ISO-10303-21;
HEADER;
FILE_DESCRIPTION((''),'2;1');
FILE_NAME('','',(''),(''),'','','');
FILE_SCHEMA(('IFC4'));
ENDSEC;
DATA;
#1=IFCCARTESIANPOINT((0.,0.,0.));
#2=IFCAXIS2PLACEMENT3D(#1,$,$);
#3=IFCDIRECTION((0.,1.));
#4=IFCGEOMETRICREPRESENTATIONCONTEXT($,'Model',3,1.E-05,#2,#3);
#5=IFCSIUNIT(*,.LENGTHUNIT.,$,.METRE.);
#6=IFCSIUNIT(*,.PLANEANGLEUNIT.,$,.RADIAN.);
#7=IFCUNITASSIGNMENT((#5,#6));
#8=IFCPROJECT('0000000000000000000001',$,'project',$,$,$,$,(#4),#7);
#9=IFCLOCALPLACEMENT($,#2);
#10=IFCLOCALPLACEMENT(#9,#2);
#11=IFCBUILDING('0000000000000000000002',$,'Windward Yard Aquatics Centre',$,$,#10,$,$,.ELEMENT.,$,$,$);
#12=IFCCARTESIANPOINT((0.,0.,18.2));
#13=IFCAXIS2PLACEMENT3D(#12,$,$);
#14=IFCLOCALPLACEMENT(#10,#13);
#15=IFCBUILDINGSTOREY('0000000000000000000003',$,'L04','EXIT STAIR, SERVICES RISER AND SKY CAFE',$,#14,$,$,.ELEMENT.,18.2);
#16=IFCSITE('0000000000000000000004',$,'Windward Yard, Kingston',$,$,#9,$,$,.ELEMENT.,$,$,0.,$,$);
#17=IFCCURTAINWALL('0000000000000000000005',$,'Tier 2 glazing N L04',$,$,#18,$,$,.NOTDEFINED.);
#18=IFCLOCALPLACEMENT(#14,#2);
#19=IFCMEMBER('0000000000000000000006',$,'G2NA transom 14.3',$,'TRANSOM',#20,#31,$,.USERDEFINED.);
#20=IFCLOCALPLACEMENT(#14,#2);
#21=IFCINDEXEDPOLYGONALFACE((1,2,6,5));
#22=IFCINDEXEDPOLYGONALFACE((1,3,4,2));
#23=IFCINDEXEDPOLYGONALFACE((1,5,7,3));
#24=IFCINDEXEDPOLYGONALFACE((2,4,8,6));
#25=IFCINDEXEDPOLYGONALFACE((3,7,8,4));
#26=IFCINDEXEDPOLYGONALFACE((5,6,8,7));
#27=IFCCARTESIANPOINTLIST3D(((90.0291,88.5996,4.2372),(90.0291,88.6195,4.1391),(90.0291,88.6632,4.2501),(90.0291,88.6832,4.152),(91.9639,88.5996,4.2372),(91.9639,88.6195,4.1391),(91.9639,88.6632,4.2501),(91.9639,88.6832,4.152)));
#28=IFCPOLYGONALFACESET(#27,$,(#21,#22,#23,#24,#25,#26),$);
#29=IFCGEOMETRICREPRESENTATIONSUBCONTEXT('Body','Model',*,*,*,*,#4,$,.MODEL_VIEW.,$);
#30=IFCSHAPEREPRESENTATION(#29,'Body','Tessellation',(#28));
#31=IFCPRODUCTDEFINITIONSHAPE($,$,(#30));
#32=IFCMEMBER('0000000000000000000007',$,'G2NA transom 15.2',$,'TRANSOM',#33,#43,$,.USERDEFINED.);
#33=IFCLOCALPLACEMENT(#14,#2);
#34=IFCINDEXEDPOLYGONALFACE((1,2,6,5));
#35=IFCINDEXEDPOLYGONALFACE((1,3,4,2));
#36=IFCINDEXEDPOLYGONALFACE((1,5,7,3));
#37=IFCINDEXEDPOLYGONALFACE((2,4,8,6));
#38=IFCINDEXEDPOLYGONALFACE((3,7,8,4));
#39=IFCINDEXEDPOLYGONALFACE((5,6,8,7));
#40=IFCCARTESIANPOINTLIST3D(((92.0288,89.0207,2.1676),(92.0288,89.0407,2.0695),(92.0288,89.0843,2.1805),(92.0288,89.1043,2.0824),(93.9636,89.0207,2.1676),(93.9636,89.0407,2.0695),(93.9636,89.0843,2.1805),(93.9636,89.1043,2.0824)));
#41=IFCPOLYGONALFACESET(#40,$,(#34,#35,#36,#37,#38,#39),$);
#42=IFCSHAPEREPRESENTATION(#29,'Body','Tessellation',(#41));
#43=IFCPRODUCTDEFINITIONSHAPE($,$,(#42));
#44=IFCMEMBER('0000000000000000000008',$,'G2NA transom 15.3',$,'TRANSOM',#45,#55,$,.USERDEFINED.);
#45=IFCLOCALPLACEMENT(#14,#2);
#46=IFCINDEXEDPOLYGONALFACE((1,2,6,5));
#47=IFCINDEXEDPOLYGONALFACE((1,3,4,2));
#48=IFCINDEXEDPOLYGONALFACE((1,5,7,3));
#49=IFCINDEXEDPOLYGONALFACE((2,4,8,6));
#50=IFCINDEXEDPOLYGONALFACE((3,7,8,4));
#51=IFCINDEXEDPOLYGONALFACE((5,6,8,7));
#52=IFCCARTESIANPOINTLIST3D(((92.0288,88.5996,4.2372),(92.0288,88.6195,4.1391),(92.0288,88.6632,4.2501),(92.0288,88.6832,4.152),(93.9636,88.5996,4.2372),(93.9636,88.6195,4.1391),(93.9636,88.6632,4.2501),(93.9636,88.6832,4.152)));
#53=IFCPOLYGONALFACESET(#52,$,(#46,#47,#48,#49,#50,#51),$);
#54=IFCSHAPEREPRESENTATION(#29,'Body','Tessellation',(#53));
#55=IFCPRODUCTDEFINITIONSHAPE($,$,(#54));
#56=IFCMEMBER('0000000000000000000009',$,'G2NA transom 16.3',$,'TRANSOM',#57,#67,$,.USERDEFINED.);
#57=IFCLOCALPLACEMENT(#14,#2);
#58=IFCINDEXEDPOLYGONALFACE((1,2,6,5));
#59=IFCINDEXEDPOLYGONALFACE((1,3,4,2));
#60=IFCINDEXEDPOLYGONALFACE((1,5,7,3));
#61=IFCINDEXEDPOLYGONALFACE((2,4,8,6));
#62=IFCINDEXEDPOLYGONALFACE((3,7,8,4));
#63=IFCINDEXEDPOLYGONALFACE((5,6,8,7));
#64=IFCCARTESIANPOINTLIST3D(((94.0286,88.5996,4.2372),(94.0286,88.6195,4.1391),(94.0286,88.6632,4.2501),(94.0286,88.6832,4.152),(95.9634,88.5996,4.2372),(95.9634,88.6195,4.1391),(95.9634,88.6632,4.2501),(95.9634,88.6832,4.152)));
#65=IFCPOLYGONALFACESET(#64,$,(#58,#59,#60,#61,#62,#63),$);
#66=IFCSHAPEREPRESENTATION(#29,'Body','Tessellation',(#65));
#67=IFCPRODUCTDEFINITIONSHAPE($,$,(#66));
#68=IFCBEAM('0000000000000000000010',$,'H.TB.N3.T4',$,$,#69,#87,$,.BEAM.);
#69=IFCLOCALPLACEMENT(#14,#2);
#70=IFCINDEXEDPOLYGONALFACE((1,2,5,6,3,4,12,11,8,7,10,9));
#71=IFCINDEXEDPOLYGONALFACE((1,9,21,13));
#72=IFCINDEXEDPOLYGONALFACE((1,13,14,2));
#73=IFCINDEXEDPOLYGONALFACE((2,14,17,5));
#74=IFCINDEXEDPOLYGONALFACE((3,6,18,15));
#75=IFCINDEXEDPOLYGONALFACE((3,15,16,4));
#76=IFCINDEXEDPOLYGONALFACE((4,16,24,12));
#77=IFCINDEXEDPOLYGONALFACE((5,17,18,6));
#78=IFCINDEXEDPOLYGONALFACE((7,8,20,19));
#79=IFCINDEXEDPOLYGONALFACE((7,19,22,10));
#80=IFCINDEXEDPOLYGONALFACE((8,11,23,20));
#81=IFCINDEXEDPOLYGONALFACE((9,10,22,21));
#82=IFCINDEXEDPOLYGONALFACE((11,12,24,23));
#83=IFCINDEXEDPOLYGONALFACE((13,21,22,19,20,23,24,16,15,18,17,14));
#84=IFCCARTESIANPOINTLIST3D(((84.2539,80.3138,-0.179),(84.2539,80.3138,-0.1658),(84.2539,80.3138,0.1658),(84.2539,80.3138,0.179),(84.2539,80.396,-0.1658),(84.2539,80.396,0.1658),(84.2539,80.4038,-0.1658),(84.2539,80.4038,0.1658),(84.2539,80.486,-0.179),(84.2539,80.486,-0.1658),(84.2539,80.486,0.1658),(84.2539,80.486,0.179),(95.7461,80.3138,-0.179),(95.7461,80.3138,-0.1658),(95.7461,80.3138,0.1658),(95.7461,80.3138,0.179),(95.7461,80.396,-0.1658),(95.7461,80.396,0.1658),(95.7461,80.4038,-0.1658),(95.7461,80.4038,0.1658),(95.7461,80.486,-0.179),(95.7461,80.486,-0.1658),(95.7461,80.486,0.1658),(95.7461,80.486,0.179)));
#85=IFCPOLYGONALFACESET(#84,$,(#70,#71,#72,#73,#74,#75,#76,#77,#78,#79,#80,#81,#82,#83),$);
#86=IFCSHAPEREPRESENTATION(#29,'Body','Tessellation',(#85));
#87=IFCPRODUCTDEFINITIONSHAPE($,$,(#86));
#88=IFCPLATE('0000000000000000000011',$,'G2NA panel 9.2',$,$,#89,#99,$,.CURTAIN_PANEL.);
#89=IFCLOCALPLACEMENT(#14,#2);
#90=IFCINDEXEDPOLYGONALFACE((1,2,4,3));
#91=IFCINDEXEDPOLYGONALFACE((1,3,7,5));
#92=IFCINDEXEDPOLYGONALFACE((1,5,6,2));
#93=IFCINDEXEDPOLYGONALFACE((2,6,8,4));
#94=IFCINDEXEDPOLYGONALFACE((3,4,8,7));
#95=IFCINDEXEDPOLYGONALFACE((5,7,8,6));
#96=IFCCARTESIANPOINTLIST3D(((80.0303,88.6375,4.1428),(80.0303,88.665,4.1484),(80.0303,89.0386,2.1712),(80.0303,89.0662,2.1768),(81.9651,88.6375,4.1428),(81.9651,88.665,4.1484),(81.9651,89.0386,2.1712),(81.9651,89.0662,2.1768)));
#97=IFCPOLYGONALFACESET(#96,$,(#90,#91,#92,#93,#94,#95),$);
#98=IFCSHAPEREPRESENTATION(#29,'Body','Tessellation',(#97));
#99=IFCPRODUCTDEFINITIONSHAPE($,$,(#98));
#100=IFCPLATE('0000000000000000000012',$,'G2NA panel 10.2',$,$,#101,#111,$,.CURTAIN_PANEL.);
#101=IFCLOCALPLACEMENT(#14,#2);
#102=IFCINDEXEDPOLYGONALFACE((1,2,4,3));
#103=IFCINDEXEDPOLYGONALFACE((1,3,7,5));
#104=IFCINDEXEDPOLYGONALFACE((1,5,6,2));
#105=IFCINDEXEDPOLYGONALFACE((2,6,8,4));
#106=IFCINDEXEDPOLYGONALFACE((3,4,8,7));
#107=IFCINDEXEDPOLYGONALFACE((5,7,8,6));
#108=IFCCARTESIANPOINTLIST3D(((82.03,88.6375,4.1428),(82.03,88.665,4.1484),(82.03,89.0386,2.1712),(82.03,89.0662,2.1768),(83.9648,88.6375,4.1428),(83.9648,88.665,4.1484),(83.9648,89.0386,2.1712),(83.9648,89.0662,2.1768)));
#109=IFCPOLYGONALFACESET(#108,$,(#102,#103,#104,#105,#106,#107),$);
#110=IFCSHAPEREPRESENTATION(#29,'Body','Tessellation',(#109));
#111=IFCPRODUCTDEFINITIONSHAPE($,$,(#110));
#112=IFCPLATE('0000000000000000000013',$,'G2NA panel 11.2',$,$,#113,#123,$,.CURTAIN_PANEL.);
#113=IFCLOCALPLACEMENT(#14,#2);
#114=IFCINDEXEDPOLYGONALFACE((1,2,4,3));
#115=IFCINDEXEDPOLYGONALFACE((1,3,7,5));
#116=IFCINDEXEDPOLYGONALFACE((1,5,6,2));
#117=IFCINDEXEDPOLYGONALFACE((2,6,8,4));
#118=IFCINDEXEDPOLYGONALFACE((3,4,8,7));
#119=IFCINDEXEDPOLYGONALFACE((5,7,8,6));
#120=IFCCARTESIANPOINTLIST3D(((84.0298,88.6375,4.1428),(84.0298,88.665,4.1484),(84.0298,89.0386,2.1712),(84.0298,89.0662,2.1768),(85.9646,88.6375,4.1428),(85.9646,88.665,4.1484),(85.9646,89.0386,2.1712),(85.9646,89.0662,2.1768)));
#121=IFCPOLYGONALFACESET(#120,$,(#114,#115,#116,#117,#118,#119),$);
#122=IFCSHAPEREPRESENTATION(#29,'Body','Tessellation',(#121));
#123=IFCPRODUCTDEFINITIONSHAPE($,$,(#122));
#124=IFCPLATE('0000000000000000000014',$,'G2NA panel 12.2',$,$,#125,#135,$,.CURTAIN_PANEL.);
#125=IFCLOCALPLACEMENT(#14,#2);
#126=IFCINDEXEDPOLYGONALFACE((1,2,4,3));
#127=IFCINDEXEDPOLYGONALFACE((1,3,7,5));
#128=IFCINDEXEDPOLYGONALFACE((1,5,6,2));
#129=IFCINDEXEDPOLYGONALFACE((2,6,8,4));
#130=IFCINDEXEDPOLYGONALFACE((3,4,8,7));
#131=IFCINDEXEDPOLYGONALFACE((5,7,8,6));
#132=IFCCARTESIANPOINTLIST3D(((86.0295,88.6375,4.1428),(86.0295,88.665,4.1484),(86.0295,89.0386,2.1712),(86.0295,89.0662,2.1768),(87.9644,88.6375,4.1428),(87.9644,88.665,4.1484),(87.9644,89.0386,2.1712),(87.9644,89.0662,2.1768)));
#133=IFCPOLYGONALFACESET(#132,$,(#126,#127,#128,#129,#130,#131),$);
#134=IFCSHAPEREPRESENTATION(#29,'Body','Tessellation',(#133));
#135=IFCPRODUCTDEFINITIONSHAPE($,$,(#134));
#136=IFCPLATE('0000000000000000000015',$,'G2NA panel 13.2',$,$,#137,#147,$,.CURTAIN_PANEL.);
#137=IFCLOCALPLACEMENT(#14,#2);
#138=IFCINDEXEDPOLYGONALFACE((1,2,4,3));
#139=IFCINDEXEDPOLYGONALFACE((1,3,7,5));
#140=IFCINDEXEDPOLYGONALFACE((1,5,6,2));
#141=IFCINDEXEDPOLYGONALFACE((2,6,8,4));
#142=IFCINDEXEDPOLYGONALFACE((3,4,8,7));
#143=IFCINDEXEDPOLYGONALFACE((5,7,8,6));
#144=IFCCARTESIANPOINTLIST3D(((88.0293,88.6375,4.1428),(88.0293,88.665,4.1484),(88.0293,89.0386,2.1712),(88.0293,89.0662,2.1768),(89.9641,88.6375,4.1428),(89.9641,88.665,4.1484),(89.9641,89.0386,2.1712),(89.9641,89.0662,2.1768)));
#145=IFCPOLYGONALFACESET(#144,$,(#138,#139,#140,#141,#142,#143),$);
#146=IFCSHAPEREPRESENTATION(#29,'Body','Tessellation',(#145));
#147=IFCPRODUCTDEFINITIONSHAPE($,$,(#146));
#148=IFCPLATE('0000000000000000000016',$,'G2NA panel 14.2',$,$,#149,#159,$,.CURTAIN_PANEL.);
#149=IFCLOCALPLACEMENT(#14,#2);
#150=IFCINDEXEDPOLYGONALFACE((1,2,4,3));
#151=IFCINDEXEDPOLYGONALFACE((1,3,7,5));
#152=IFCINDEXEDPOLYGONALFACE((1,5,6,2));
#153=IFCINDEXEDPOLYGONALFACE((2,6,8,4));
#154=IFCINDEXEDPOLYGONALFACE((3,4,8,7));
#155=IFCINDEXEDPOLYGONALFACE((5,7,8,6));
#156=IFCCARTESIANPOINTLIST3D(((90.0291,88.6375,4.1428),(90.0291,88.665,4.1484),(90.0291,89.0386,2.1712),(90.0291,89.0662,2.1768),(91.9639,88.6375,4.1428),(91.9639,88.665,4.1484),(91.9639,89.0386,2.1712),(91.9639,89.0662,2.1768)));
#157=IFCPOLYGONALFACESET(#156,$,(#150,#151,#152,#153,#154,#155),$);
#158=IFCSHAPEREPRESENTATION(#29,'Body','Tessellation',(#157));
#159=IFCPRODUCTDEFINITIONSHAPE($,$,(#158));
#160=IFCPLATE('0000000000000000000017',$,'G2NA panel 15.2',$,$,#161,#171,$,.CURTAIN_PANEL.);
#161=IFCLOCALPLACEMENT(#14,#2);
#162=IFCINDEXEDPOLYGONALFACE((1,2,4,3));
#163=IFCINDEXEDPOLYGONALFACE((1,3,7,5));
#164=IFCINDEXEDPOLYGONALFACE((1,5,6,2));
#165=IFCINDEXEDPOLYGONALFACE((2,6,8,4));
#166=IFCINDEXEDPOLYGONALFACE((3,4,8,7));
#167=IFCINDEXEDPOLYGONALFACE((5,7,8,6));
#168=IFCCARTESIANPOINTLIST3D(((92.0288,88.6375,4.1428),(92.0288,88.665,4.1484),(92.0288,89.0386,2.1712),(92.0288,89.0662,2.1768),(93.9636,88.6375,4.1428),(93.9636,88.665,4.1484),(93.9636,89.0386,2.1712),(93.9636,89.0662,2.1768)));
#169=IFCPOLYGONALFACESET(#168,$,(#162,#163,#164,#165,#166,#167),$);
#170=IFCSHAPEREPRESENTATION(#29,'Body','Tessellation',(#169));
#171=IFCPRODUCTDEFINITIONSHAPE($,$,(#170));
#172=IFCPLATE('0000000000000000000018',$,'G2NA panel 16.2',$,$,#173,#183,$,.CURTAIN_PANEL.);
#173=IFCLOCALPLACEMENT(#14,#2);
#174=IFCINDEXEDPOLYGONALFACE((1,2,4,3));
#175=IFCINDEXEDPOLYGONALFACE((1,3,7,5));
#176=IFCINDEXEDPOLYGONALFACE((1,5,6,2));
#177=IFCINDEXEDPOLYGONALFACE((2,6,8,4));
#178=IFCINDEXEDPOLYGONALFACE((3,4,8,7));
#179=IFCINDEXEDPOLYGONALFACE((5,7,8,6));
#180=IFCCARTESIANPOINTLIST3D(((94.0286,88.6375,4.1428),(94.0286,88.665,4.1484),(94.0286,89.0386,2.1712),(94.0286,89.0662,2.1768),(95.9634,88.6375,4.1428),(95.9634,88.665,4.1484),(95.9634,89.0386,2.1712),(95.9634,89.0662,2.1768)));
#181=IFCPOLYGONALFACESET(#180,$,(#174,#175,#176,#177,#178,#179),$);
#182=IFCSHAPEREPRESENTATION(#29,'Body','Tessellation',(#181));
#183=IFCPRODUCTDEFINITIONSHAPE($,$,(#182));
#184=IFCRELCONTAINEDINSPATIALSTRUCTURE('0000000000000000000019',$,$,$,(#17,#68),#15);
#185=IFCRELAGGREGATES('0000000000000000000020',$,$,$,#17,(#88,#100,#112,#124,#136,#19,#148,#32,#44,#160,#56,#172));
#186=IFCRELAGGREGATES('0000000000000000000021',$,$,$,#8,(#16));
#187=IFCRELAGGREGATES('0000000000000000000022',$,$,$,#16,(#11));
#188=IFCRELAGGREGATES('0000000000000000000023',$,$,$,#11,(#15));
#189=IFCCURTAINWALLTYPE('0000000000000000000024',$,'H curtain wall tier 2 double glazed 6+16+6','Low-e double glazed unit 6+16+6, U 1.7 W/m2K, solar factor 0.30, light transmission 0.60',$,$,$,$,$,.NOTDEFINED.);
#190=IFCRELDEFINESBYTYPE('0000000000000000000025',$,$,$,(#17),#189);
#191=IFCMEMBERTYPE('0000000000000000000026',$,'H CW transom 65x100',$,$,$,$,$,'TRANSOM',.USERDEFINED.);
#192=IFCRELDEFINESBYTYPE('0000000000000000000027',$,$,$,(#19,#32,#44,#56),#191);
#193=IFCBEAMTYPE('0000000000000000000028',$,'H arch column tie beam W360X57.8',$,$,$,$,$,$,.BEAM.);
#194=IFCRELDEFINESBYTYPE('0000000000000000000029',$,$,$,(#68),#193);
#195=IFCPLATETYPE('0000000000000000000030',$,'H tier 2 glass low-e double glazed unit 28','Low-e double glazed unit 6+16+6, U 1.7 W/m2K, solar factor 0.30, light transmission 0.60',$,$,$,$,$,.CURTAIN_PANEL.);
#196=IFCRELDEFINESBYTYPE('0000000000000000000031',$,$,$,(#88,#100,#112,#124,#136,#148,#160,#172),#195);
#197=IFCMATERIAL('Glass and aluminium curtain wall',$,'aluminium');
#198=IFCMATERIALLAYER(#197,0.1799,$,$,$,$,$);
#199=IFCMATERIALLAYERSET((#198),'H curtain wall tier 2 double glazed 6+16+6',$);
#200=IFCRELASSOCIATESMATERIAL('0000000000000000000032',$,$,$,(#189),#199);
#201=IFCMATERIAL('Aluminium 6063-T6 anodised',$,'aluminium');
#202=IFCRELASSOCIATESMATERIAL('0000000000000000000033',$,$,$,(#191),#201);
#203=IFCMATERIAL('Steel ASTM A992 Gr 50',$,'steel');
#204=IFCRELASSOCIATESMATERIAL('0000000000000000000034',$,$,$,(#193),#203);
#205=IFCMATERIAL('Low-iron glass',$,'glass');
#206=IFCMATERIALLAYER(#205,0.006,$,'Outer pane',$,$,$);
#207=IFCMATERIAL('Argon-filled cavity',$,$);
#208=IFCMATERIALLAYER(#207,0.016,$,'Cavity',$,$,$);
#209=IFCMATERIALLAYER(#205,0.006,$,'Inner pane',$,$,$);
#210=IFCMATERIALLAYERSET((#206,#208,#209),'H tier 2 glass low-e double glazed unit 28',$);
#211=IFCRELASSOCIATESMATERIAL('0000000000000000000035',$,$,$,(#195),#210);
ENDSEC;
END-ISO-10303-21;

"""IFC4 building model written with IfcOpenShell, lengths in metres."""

from ifc_helpers import new_model, si_unit, direction, frame, origin, origin_2d, place, context, subcontext, project, spatial, polyline, rectangle, i_section, outline, extrude, material, layer, layer_set, material_profile, profile_set, type_object, element, aggregate, save


model = new_model("IFC4")

# Units and contexts
model_context = context("Model", 3, precision=1e-05, world=origin(), true_north=direction((0.0, 1.0)))
body_context = subcontext(model_context, "Body", "Model", "MODEL_VIEW")
ifc_project = project(units=[si_unit("LENGTHUNIT", "METRE"), si_unit("PLANEANGLEUNIT", "RADIAN")], contexts=[model_context])

# Site, building, storey
site_placement = place(None, origin())
site = spatial("IfcSite", under=ifc_project, at=site_placement, Name="Windward Yard, Kingston", CompositionType="ELEMENT", RefElevation=0.0)
building_placement = place(site_placement, origin())
building = spatial("IfcBuilding", under=site, at=building_placement, Name="Windward Yard Aquatics Centre", CompositionType="ELEMENT")
storey_placement = place(building_placement, frame((0.0, 0.0, 18.2)))
storey = spatial("IfcBuildingStorey", under=building, at=storey_placement, Name="L04", Description="EXIT STAIR, SERVICES RISER AND SKY CAFE", CompositionType="ELEMENT", Elevation=18.2)

# Curtain wall, members
ifc_material_1 = material(Name="Glass and aluminium curtain wall", Category="aluminium")
ifc_layer_1 = layer(ifc_material_1, 0.1799)
ifc_layer_set_1 = layer_set([ifc_layer_1], Name="H curtain wall tier 2 double glazed 6+16+6")
curtain_wall_type = type_object("IfcCurtainWallType", Name="H curtain wall tier 2 double glazed 6+16+6", Description="Low-e double glazed unit 6+16+6, U 1.7 W/m2K, solar factor 0.30, light transmission 0.60", PredefinedType="NOTDEFINED", material=ifc_layer_set_1)
curtain_wall_placement = place(storey_placement, origin())
curtain_wall = element("IfcCurtainWall", 1, at=curtain_wall_placement, inside=storey, type_object=curtain_wall_type, Name="Tier 2 glazing N L04", PredefinedType="NOTDEFINED")
ifc_material_2 = material(Name="Aluminium 6063-T6 anodised", Category="aluminium")
ifc_material_profile_1 = material_profile(ifc_material_2, rectangle(XDim=0.0649, YDim=0.1001, at=origin_2d()), Name="H CW transom 65x100")
ifc_profile_set_1 = profile_set([ifc_material_profile_1], Name="Aluminium 6063-T6 anodised")
member_type = type_object("IfcMemberType", Name="H CW transom 65x100", ElementType="TRANSOM", PredefinedType="USERDEFINED", material=ifc_profile_set_1)
member_1_placement = place(storey_placement, frame((90.0291, 88.6414, 4.1946), z_axis=(1.0, 0.0, 0.0), x_axis=(0.0, 0.979925, 0.199368)))
member_1 = element("IfcMember", 2, at=member_1_placement, type_object=member_type, Name="G2NA transom 14.3", ObjectType="TRANSOM", PredefinedType="USERDEFINED", context=body_context, shape_type="SweptSolid", body=[
    extrude(rectangle(XDim=0.0649, YDim=0.1001, at=origin_2d()), origin(), (0.0, 0.0, 1.0), 1.9348),
])
member_2_placement = place(storey_placement, frame((92.0288, 89.0625, 2.125), z_axis=(1.0, 0.0, 0.0), x_axis=(0.0, 0.979925, 0.199368)))
member_2 = element("IfcMember", 3, at=member_2_placement, type_object=member_type, Name="G2NA transom 15.2", ObjectType="TRANSOM", PredefinedType="USERDEFINED", context=body_context, shape_type="SweptSolid", body=[
    extrude(rectangle(XDim=0.0649, YDim=0.1001, at=origin_2d()), origin(), (0.0, 0.0, 1.0), 1.9348),
])
member_3_placement = place(storey_placement, frame((92.0288, 88.6414, 4.1946), z_axis=(1.0, 0.0, 0.0), x_axis=(0.0, 0.979925, 0.199368)))
member_3 = element("IfcMember", 4, at=member_3_placement, type_object=member_type, Name="G2NA transom 15.3", ObjectType="TRANSOM", PredefinedType="USERDEFINED", context=body_context, shape_type="SweptSolid", body=[
    extrude(rectangle(XDim=0.0649, YDim=0.1001, at=origin_2d()), origin(), (0.0, 0.0, 1.0), 1.9348),
])
member_4_placement = place(storey_placement, frame((94.0286, 88.6414, 4.1946), z_axis=(1.0, 0.0, 0.0), x_axis=(0.0, 0.979925, 0.199368)))
member_4 = element("IfcMember", 5, at=member_4_placement, type_object=member_type, Name="G2NA transom 16.3", ObjectType="TRANSOM", PredefinedType="USERDEFINED", context=body_context, shape_type="SweptSolid", body=[
    extrude(rectangle(XDim=0.0649, YDim=0.1001, at=origin_2d()), origin(), (0.0, 0.0, 1.0), 1.9348),
])

# Beam
ifc_material_3 = material(Name="Steel ASTM A992 Gr 50", Category="steel")
ifc_material_profile_2 = material_profile(ifc_material_3, i_section(OverallWidth=0.1721, OverallDepth=0.3579, WebThickness=0.0078, FlangeThickness=0.0132, at=origin_2d()), Name="W360X57.8")
ifc_profile_set_2 = profile_set([ifc_material_profile_2], Name="Steel ASTM A992 Gr 50")
beam_type = type_object("IfcBeamType", Name="H arch column tie beam W360X57.8", PredefinedType="BEAM", material=ifc_profile_set_2)
beam_placement = place(storey_placement, frame((84.2539, 80.3999, 0.0), z_axis=(1.0, 0.0, 0.0), x_axis=(0.0, 1.0, 0.0)))
element("IfcBeam", 6, at=beam_placement, inside=storey, type_object=beam_type, Name="H.TB.N3.T4", PredefinedType="BEAM", context=body_context, shape_type="SweptSolid", body=[
    extrude(i_section(OverallWidth=0.1721, OverallDepth=0.3579, WebThickness=0.0078, FlangeThickness=0.0132, at=origin_2d()), origin(), (0.0, 0.0, 1.0), 11.4922),
])

# Plates
ifc_material_4 = material(Name="Low-iron glass", Category="glass")
ifc_layer_2 = layer(ifc_material_4, 0.006, Name="Outer pane")
ifc_material_5 = material(Name="Argon-filled cavity")
ifc_layer_3 = layer(ifc_material_5, 0.016, Name="Cavity")
ifc_layer_4 = layer(ifc_material_4, 0.006, Name="Inner pane")
ifc_layer_set_2 = layer_set([ifc_layer_2, ifc_layer_3, ifc_layer_4], Name="H tier 2 glass low-e double glazed unit 28")
plate_type = type_object("IfcPlateType", Name="H tier 2 glass low-e double glazed unit 28", Description="Low-e double glazed unit 6+16+6, U 1.7 W/m2K, solar factor 0.30, light transmission 0.60", PredefinedType="CURTAIN_PANEL", material=ifc_layer_set_2)
plate_1_placement = place(storey_placement, frame((80.0303, 88.665, 4.1484), z_axis=(0.0, 0.979927, 0.199359), x_axis=(0.0, 0.199359, -0.979927)))
plate_1 = element("IfcPlate", 7, at=plate_1_placement, type_object=plate_type, Name="G2NA panel 9.2", PredefinedType="CURTAIN_PANEL", context=body_context, shape_type="SweptSolid", body=[
    extrude(outline(polyline([(0.0, 0.0), (2.0121, 0.0), (2.0121, -1.9348), (0.0, -1.9348), (0.0, 0.0)])), origin(), (0.0, 0.0, -1.0), 0.0281),
])
plate_2_placement = place(storey_placement, frame((82.03, 88.665, 4.1484), z_axis=(0.0, 0.979927, 0.199359), x_axis=(0.0, 0.199359, -0.979927)))
plate_2 = element("IfcPlate", 8, at=plate_2_placement, type_object=plate_type, Name="G2NA panel 10.2", PredefinedType="CURTAIN_PANEL", context=body_context, shape_type="SweptSolid", body=[
    extrude(outline(polyline([(0.0, 0.0), (2.0121, 0.0), (2.0121, -1.9348), (0.0, -1.9348), (0.0, 0.0)])), origin(), (0.0, 0.0, -1.0), 0.0281),
])
plate_3_placement = place(storey_placement, frame((84.0298, 88.665, 4.1484), z_axis=(0.0, 0.979927, 0.199359), x_axis=(0.0, 0.199359, -0.979927)))
plate_3 = element("IfcPlate", 9, at=plate_3_placement, type_object=plate_type, Name="G2NA panel 11.2", PredefinedType="CURTAIN_PANEL", context=body_context, shape_type="SweptSolid", body=[
    extrude(outline(polyline([(0.0, 0.0), (2.0121, 0.0), (2.0121, -1.9348), (0.0, -1.9348), (0.0, 0.0)])), origin(), (0.0, 0.0, -1.0), 0.0281),
])
plate_4_placement = place(storey_placement, frame((86.0295, 88.665, 4.1484), z_axis=(0.0, 0.979927, 0.199359), x_axis=(0.0, 0.199359, -0.979927)))
plate_4 = element("IfcPlate", 10, at=plate_4_placement, type_object=plate_type, Name="G2NA panel 12.2", PredefinedType="CURTAIN_PANEL", context=body_context, shape_type="SweptSolid", body=[
    extrude(outline(polyline([(0.0, 0.0), (2.0121, 0.0), (2.0121, -1.9348), (0.0, -1.9348), (0.0, 0.0)])), origin(), (0.0, 0.0, -1.0), 0.0281),
])
plate_5_placement = place(storey_placement, frame((88.0293, 88.665, 4.1484), z_axis=(0.0, 0.979927, 0.199359), x_axis=(0.0, 0.199359, -0.979927)))
plate_5 = element("IfcPlate", 11, at=plate_5_placement, type_object=plate_type, Name="G2NA panel 13.2", PredefinedType="CURTAIN_PANEL", context=body_context, shape_type="SweptSolid", body=[
    extrude(outline(polyline([(0.0, 0.0), (2.0121, 0.0), (2.0121, -1.9348), (0.0, -1.9348), (0.0, 0.0)])), origin(), (0.0, 0.0, -1.0), 0.0281),
])
plate_6_placement = place(storey_placement, frame((90.0291, 88.665, 4.1484), z_axis=(0.0, 0.979927, 0.199359), x_axis=(0.0, 0.199359, -0.979927)))
plate_6 = element("IfcPlate", 12, at=plate_6_placement, type_object=plate_type, Name="G2NA panel 14.2", PredefinedType="CURTAIN_PANEL", context=body_context, shape_type="SweptSolid", body=[
    extrude(outline(polyline([(0.0, 0.0), (2.0121, 0.0), (2.0121, -1.9348), (0.0, -1.9348), (0.0, 0.0)])), origin(), (0.0, 0.0, -1.0), 0.0281),
])
plate_7_placement = place(storey_placement, frame((92.0288, 88.665, 4.1484), z_axis=(0.0, 0.979927, 0.199359), x_axis=(0.0, 0.199359, -0.979927)))
plate_7 = element("IfcPlate", 13, at=plate_7_placement, type_object=plate_type, Name="G2NA panel 15.2", PredefinedType="CURTAIN_PANEL", context=body_context, shape_type="SweptSolid", body=[
    extrude(outline(polyline([(0.0, 0.0), (2.0121, 0.0), (2.0121, -1.9348), (0.0, -1.9348), (0.0, 0.0)])), origin(), (0.0, 0.0, -1.0), 0.0281),
])
plate_8_placement = place(storey_placement, frame((94.0286, 88.665, 4.1484), z_axis=(0.0, 0.979927, 0.199359), x_axis=(0.0, 0.199359, -0.979927)))
plate_8 = element("IfcPlate", 14, at=plate_8_placement, type_object=plate_type, Name="G2NA panel 16.2", PredefinedType="CURTAIN_PANEL", context=body_context, shape_type="SweptSolid", body=[
    extrude(outline(polyline([(0.0, 0.0), (2.0121, 0.0), (2.0121, -1.9348), (0.0, -1.9348), (0.0, 0.0)])), origin(), (0.0, 0.0, -1.0), 0.0281),
])
aggregate(curtain_wall, [plate_1, plate_2, plate_3, plate_4, plate_5, member_1, plate_6, member_2, member_3, plate_7, member_4, plate_8])

save(model, "model.ifc")
